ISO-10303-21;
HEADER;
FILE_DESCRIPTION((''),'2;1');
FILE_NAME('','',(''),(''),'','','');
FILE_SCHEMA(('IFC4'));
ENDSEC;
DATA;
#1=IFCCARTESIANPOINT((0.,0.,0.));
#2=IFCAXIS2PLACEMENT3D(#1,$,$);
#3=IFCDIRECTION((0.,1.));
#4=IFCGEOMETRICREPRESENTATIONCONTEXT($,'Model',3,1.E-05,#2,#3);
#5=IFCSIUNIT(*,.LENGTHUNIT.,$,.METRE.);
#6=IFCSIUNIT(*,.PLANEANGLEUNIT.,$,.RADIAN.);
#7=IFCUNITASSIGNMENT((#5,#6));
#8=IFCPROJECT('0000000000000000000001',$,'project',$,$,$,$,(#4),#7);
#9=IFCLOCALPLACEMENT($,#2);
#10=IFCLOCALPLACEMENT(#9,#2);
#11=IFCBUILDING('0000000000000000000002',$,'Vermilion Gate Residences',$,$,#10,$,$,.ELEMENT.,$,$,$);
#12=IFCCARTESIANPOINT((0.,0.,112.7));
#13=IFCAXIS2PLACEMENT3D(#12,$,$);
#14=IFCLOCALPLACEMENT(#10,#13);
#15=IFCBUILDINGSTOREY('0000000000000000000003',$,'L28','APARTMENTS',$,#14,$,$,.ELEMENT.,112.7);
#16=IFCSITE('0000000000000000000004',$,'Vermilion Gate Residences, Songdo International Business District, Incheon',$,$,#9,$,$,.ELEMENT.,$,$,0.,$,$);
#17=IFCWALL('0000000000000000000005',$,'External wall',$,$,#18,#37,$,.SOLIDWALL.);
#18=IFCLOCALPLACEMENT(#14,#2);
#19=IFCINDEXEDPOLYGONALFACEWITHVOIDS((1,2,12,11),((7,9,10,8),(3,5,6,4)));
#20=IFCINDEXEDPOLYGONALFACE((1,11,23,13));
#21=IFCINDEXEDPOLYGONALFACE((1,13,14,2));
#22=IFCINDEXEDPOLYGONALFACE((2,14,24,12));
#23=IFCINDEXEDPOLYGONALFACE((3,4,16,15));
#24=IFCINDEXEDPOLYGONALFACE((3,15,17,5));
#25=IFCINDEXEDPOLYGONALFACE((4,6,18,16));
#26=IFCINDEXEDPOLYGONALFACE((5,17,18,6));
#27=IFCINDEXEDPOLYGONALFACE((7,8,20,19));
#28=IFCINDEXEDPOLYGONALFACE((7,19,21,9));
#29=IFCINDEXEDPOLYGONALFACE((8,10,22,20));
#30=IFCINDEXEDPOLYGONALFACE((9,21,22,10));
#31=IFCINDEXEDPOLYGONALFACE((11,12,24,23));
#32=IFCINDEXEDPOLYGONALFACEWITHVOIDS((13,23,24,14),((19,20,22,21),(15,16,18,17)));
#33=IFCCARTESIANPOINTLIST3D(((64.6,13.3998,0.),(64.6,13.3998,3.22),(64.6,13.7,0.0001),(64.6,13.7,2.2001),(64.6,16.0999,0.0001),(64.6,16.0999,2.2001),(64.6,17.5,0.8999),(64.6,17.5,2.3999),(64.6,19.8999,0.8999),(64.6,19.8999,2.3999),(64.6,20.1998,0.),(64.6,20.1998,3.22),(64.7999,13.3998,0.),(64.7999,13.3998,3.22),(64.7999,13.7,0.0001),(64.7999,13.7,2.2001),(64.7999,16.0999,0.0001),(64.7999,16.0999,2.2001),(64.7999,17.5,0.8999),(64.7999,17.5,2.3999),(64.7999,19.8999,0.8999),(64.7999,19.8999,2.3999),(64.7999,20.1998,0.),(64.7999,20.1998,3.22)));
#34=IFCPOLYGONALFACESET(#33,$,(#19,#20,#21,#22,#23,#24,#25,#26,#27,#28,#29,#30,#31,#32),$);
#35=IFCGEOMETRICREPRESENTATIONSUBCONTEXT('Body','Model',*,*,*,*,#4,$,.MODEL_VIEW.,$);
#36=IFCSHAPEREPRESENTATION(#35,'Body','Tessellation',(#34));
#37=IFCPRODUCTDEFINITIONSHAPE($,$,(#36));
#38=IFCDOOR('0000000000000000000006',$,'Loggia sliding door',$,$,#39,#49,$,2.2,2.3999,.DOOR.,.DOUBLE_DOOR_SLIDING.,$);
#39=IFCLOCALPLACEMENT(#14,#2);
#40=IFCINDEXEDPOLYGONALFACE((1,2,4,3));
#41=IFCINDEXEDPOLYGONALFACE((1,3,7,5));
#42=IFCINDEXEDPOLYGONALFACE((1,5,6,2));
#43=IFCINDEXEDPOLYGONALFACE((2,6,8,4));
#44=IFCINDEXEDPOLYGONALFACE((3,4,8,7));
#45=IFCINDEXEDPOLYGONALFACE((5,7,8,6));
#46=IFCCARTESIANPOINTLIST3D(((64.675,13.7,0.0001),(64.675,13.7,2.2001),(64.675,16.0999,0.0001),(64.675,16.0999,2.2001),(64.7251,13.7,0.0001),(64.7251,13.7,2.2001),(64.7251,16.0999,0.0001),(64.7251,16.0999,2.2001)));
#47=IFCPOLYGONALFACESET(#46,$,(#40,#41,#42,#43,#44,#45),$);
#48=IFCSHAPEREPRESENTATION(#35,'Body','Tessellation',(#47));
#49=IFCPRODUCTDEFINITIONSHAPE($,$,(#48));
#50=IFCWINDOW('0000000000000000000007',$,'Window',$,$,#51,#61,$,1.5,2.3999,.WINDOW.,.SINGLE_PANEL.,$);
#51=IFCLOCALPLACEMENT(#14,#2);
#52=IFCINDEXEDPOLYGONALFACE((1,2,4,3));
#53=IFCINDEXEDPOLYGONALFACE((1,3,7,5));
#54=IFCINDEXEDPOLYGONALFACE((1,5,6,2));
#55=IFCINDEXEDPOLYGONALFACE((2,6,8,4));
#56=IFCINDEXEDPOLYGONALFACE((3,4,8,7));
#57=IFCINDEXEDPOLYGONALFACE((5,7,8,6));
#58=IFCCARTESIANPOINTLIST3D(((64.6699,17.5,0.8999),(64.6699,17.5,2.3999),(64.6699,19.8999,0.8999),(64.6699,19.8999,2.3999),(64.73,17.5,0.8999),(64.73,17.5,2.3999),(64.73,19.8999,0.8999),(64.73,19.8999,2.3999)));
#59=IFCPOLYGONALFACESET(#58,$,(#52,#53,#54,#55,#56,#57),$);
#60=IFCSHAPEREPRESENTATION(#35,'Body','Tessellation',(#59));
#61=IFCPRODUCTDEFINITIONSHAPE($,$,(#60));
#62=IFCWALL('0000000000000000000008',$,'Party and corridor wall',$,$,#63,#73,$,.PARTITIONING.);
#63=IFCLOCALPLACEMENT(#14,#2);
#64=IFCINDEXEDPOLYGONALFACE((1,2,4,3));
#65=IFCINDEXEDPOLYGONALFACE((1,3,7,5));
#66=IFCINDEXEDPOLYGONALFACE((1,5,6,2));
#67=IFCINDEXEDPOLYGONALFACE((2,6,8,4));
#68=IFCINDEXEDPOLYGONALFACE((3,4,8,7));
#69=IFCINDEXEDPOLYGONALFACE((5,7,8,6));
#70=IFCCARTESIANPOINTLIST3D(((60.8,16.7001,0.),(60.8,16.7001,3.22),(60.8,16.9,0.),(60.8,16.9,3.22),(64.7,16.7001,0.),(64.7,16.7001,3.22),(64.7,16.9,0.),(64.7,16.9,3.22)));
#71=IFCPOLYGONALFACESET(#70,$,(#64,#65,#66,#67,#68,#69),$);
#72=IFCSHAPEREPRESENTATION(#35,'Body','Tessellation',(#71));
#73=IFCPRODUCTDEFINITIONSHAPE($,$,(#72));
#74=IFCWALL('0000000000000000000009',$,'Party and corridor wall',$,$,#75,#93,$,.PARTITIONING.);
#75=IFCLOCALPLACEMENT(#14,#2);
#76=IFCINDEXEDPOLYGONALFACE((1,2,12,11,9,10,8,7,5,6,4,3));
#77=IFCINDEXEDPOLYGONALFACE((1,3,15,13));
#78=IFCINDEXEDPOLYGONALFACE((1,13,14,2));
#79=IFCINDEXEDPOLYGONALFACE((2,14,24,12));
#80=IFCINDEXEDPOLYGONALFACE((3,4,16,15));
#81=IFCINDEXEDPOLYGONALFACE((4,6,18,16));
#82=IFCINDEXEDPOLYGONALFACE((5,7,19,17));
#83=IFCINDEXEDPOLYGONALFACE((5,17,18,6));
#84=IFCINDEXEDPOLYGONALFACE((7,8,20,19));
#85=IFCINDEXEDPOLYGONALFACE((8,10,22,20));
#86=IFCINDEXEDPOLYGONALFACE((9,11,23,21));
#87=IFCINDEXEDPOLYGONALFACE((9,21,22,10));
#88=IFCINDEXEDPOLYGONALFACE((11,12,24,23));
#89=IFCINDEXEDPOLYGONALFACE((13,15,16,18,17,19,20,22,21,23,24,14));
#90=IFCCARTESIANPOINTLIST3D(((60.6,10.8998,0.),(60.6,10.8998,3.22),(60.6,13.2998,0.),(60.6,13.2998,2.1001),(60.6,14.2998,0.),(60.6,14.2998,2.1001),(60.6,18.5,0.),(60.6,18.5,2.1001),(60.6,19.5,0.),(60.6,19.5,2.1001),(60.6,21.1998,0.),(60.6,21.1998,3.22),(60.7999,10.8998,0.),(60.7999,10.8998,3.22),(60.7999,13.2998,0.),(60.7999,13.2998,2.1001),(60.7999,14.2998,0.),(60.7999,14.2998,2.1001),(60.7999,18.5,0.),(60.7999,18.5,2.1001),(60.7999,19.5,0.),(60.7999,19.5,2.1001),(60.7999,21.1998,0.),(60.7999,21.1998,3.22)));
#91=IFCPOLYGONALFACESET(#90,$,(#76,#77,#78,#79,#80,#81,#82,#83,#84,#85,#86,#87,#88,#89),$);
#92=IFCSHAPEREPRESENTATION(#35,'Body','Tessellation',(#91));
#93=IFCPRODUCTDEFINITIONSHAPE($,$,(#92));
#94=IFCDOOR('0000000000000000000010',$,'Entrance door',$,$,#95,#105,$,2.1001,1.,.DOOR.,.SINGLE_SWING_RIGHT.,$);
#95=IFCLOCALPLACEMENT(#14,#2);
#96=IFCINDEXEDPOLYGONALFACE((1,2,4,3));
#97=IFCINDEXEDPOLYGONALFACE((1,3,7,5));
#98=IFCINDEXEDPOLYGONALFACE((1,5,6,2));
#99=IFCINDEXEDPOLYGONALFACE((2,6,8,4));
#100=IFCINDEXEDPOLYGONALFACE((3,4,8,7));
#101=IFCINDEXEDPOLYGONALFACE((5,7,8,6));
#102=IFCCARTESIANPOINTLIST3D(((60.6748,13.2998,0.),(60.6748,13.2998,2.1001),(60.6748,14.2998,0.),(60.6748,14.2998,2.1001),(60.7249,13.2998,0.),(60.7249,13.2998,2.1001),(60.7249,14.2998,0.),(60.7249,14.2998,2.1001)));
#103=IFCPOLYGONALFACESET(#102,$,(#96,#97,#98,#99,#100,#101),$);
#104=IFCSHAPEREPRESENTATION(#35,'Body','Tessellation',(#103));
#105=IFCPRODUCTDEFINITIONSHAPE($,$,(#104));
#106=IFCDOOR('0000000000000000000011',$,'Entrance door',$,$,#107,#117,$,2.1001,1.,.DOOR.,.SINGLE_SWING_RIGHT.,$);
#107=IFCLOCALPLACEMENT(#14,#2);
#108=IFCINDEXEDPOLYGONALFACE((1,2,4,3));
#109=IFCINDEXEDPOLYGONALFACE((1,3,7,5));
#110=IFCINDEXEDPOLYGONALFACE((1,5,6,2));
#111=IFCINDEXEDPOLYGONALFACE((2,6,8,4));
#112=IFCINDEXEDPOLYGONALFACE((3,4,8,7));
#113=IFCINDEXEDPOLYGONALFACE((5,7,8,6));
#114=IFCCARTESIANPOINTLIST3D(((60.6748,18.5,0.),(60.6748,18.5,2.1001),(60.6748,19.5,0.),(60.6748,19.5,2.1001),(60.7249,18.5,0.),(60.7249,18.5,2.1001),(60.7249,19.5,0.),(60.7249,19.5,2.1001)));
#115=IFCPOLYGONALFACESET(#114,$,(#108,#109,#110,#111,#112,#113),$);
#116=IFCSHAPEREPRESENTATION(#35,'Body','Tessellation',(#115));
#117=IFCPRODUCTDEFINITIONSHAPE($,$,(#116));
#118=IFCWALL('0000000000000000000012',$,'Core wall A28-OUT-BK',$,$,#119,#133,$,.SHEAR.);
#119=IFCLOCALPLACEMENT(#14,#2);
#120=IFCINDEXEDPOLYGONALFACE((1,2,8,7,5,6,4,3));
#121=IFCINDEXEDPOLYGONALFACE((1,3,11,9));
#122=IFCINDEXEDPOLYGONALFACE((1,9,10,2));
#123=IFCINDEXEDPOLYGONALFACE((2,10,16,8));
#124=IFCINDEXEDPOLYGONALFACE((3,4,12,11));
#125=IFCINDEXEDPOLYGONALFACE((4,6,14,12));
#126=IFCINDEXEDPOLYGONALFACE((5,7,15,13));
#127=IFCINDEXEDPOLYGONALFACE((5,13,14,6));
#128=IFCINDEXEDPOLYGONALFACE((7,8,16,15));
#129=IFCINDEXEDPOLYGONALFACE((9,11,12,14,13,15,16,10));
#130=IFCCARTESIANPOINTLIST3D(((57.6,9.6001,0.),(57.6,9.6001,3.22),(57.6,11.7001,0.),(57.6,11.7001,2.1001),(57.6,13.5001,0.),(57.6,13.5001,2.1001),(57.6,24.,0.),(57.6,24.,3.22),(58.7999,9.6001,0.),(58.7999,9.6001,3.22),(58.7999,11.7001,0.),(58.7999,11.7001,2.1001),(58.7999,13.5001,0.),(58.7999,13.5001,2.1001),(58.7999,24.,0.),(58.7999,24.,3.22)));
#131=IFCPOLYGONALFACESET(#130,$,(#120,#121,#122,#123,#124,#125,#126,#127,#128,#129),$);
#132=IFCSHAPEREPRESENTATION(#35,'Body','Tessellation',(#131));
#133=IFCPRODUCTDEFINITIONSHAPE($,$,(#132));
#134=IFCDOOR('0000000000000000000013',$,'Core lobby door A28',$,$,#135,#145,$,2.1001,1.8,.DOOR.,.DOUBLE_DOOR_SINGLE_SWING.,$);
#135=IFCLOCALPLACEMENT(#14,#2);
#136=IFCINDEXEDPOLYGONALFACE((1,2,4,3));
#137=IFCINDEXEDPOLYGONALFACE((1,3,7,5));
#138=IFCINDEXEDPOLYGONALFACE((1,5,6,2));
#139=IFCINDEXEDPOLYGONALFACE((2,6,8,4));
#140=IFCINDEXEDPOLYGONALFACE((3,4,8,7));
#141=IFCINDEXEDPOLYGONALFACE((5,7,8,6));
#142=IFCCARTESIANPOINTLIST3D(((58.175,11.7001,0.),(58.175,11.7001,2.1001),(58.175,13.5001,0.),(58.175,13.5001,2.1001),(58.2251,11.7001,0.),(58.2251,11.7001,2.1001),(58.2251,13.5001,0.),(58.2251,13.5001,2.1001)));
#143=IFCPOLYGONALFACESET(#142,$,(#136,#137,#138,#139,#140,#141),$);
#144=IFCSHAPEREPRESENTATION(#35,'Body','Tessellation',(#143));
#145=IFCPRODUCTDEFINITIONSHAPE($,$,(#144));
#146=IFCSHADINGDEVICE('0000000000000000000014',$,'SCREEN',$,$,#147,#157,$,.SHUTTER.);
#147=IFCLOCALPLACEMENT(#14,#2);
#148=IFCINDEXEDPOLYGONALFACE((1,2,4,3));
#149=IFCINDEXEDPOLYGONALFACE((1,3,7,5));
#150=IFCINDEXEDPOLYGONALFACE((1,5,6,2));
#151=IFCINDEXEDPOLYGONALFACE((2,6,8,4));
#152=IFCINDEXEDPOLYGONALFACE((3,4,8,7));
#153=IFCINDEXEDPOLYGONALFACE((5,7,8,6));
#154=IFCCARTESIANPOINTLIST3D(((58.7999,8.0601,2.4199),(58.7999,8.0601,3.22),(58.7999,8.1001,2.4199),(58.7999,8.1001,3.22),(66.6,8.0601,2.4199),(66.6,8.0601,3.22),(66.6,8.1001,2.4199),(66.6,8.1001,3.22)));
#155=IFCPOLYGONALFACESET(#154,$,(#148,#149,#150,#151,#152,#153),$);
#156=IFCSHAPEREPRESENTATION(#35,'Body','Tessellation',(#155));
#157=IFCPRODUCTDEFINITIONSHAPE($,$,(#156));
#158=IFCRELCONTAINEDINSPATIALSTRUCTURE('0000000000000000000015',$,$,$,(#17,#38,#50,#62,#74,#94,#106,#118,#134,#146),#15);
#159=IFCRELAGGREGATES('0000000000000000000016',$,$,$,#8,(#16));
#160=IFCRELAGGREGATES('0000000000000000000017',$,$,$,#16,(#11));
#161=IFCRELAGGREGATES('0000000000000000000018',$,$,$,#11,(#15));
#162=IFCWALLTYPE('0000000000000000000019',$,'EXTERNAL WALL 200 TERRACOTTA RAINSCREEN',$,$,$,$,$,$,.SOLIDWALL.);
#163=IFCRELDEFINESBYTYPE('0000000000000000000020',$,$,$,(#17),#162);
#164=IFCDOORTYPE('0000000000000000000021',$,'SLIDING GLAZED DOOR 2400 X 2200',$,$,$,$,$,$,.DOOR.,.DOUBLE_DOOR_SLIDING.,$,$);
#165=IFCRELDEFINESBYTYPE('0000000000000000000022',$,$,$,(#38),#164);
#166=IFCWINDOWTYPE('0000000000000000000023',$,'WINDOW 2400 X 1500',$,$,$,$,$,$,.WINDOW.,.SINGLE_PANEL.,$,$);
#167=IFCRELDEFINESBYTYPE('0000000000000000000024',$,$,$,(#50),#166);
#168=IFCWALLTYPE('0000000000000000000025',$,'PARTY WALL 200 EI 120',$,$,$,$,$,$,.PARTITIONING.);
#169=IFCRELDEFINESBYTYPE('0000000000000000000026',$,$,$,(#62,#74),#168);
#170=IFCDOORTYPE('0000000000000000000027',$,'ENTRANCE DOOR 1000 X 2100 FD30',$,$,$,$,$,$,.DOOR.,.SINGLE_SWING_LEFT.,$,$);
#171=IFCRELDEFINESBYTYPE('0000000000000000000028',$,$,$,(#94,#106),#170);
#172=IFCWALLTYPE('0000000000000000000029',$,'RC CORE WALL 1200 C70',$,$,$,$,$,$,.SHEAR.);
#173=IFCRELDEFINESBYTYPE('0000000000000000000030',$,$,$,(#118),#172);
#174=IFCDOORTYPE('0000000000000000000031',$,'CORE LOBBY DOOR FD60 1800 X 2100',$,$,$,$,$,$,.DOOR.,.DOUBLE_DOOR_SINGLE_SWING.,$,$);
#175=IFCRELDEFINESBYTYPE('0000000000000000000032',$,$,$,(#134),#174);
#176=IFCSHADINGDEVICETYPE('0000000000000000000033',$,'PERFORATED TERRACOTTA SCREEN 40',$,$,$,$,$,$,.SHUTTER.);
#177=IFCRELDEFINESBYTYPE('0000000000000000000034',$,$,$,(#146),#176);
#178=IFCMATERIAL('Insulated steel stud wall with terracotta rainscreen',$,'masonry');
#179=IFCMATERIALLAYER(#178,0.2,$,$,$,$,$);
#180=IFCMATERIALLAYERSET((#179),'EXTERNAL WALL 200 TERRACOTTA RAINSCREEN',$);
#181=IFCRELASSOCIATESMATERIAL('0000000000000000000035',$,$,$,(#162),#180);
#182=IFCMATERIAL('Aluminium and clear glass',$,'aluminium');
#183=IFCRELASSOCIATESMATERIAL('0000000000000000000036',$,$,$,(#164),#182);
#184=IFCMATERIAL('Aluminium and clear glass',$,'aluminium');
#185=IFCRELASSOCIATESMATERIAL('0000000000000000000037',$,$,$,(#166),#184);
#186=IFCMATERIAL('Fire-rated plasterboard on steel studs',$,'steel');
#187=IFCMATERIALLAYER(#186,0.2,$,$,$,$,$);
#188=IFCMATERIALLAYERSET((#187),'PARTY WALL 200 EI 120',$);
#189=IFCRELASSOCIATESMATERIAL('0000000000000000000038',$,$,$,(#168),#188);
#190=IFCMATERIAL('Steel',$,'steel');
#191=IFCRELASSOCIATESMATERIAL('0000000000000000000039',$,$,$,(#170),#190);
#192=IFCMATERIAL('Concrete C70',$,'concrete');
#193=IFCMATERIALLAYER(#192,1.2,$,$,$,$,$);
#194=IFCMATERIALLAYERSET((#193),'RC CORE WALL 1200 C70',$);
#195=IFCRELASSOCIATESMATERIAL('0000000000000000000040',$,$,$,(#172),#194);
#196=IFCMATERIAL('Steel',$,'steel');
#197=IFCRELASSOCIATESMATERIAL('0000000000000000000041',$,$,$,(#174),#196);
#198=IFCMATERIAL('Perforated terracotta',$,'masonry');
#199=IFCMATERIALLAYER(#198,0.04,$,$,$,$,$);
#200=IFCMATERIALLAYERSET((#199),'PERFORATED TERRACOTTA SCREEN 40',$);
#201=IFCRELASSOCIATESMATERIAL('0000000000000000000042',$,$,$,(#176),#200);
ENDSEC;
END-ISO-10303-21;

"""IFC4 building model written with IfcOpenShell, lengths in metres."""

from ifc_helpers import new_model, si_unit, direction, frame, frame_2d, origin, origin_2d, place, context, subcontext, project, spatial, rectangle, extrude, material, layer, layer_set, type_object, element, fill, save


model = new_model("IFC4")

# Units and contexts
model_context = context("Model", 3, precision=1e-05, world=origin(), true_north=direction((0.0, 1.0)))
body_context = subcontext(model_context, "Body", "Model", "MODEL_VIEW")
ifc_project = project(units=[si_unit("LENGTHUNIT", "METRE"), si_unit("PLANEANGLEUNIT", "RADIAN")], contexts=[model_context])

# Site, building, storey
site_placement = place(None, origin())
site = spatial("IfcSite", under=ifc_project, at=site_placement, Name="Vermilion Gate Residences, Songdo International Business District, Incheon", CompositionType="ELEMENT", RefElevation=0.0)
building_placement = place(site_placement, origin())
building = spatial("IfcBuilding", under=site, at=building_placement, Name="Vermilion Gate Residences", CompositionType="ELEMENT")
storey_placement = place(building_placement, frame((0.0, 0.0, 112.7)))
storey = spatial("IfcBuildingStorey", under=building, at=storey_placement, Name="L28", Description="APARTMENTS", CompositionType="ELEMENT", Elevation=112.7)

# Shared definitions
ifc_material_1 = material(Name="Insulated steel stud wall with terracotta rainscreen", Category="masonry")
ifc_layer_1 = layer(ifc_material_1, 0.2)
ifc_layer_set_1 = layer_set([ifc_layer_1], Name="EXTERNAL WALL 200 TERRACOTTA RAINSCREEN")
wall_type_1 = type_object("IfcWallType", Name="EXTERNAL WALL 200 TERRACOTTA RAINSCREEN", PredefinedType="SOLIDWALL", material=ifc_layer_set_1)

# Wall, openings, door, window
wall_1_placement = place(storey_placement, frame((64.7, 13.3999, 0.0), z_axis=(0.0, 0.0, 1.0), x_axis=(0.0, 1.0, 0.0)))
wall_1 = element("IfcWall", 1, at=wall_1_placement, inside=storey, type_object=wall_type_1, Name="External wall", PredefinedType="SOLIDWALL", context=body_context, shape_type="SweptSolid", body=[
    extrude(rectangle(XDim=6.8, YDim=0.2, at=frame_2d((3.3999, 0.0))), origin(), (0.0, 0.0, 1.0), 3.22),
])
opening_1_placement = place(wall_1_placement, frame((4.1001, 0.0, 0.8999)))
opening_1 = element("IfcOpeningElement", 2, at=opening_1_placement, cuts=wall_1, PredefinedType="OPENING", context=body_context, shape_type="SweptSolid", body=[
    extrude(rectangle(XDim=2.3999, YDim=1.5, at=frame_2d((1.2, 0.75))), frame((0.0, 0.1099, 0.0), z_axis=(0.0, -1.0, 0.0), x_axis=(1.0, 0.0, 0.0)), (0.0, 0.0, 1.0), 0.22),
])
opening_2_placement = place(wall_1_placement, frame((0.3, 0.0, 0.0)))
opening_2 = element("IfcOpeningElement", 3, at=opening_2_placement, cuts=wall_1, PredefinedType="OPENING", context=body_context, shape_type="SweptSolid", body=[
    extrude(rectangle(XDim=2.3999, YDim=2.2, at=frame_2d((1.2, 1.1001))), frame((0.0, 0.1099, 0.0), z_axis=(0.0, -1.0, 0.0), x_axis=(1.0, 0.0, 0.0)), (0.0, 0.0, 1.0), 0.22),
])
ifc_material_2 = material(Name="Aluminium and clear glass", Category="aluminium")
door_type_1 = type_object("IfcDoorType", Name="SLIDING GLAZED DOOR 2400 X 2200", OperationType="DOUBLE_DOOR_SLIDING", PredefinedType="DOOR", material=ifc_material_2)
door_1_placement = place(opening_2_placement, origin())
door_1 = element("IfcDoor", 4, at=door_1_placement, inside=storey, type_object=door_type_1, Name="Loggia sliding door", OperationType="DOUBLE_DOOR_SLIDING", OverallHeight=2.2, OverallWidth=2.3999, PredefinedType="DOOR", context=body_context, shape_type="SweptSolid", body=[
    extrude(rectangle(XDim=2.3999, YDim=2.2, at=frame_2d((1.2, 1.1001))), frame((0.0, 0.0249, 0.0), z_axis=(0.0, -1.0, 0.0), x_axis=(1.0, 0.0, 0.0)), (0.0, 0.0, 1.0), 0.05),
])
fill(opening_2, door_1)
ifc_material_3 = material(Name="Aluminium and clear glass", Category="aluminium")
window_type_1 = type_object("IfcWindowType", Name="WINDOW 2400 X 1500", PartitioningType="SINGLE_PANEL", PredefinedType="WINDOW", material=ifc_material_3)
window_1_placement = place(opening_1_placement, origin())
window_1 = element("IfcWindow", 5, at=window_1_placement, inside=storey, type_object=window_type_1, Name="Window", OverallHeight=1.5, OverallWidth=2.3999, PartitioningType="SINGLE_PANEL", PredefinedType="WINDOW", context=body_context, shape_type="SweptSolid", body=[
    extrude(rectangle(XDim=2.3999, YDim=1.5, at=frame_2d((1.2, 0.75))), frame((0.0, 0.03, 0.0), z_axis=(0.0, -1.0, 0.0), x_axis=(1.0, 0.0, 0.0)), (0.0, 0.0, 1.0), 0.0601),
])
fill(opening_1, window_1)

# Wall
ifc_material_4 = material(Name="Fire-rated plasterboard on steel studs", Category="steel")
ifc_layer_2 = layer(ifc_material_4, 0.2)
ifc_layer_set_2 = layer_set([ifc_layer_2], Name="PARTY WALL 200 EI 120")
wall_type_2 = type_object("IfcWallType", Name="PARTY WALL 200 EI 120", PredefinedType="PARTITIONING", material=ifc_layer_set_2)
wall_2_placement = place(storey_placement, frame((60.8, 16.8, 0.0), z_axis=(0.0, 0.0, 1.0), x_axis=(1.0, 0.0, 0.0)))
element("IfcWall", 6, at=wall_2_placement, inside=storey, type_object=wall_type_2, Name="Party and corridor wall", PredefinedType="PARTITIONING", context=body_context, shape_type="SweptSolid", body=[
    extrude(rectangle(XDim=3.8999, YDim=0.2, at=frame_2d((1.95, 0.0))), origin(), (0.0, 0.0, 1.0), 3.22),
])

# Wall, openings, doors
wall_3_placement = place(storey_placement, frame((60.7, 10.8999, 0.0), z_axis=(0.0, 0.0, 1.0), x_axis=(0.0, 1.0, 0.0)))
wall_3 = element("IfcWall", 7, at=wall_3_placement, inside=storey, type_object=wall_type_2, Name="Party and corridor wall", PredefinedType="PARTITIONING", context=body_context, shape_type="SweptSolid", body=[
    extrude(rectangle(XDim=10.3, YDim=0.2, at=frame_2d((5.1499, 0.0))), origin(), (0.0, 0.0, 1.0), 3.22),
])
opening_3_placement = place(wall_3_placement, frame((2.3999, 0.0, 0.0)))
opening_3 = element("IfcOpeningElement", 8, at=opening_3_placement, cuts=wall_3, PredefinedType="OPENING", context=body_context, shape_type="SweptSolid", body=[
    extrude(rectangle(XDim=1.0, YDim=2.1001, at=frame_2d((0.5, 1.05))), frame((0.0, 0.1099, 0.0), z_axis=(0.0, -1.0, 0.0), x_axis=(1.0, 0.0, 0.0)), (0.0, 0.0, 1.0), 0.22),
])
opening_4_placement = place(wall_3_placement, frame((7.6001, 0.0, 0.0)))
opening_4 = element("IfcOpeningElement", 9, at=opening_4_placement, cuts=wall_3, PredefinedType="OPENING", context=body_context, shape_type="SweptSolid", body=[
    extrude(rectangle(XDim=1.0, YDim=2.1001, at=frame_2d((0.5, 1.05))), frame((0.0, 0.1099, 0.0), z_axis=(0.0, -1.0, 0.0), x_axis=(1.0, 0.0, 0.0)), (0.0, 0.0, 1.0), 0.22),
])
ifc_material_5 = material(Name="Steel", Category="steel")
door_type_2 = type_object("IfcDoorType", Name="ENTRANCE DOOR 1000 X 2100 FD30", OperationType="SINGLE_SWING_LEFT", PredefinedType="DOOR", material=ifc_material_5)
door_2_placement = place(opening_3_placement, frame((1.0, 0.0, 0.0), z_axis=(0.0, 0.0, 1.0), x_axis=(-1.0, 0.0, 0.0)))
door_2 = element("IfcDoor", 10, at=door_2_placement, inside=storey, type_object=door_type_2, Name="Entrance door", OperationType="SINGLE_SWING_RIGHT", OverallHeight=2.1001, OverallWidth=1.0, PredefinedType="DOOR", context=body_context, shape_type="SweptSolid", body=[
    extrude(rectangle(XDim=1.0, YDim=2.1001, at=frame_2d((0.5, 1.05))), frame((0.0, 0.0249, 0.0), z_axis=(0.0, -1.0, 0.0), x_axis=(1.0, 0.0, 0.0)), (0.0, 0.0, 1.0), 0.05),
])
fill(opening_3, door_2)
door_3_placement = place(opening_4_placement, frame((1.0, 0.0, 0.0), z_axis=(0.0, 0.0, 1.0), x_axis=(-1.0, 0.0, 0.0)))
door_3 = element("IfcDoor", 11, at=door_3_placement, inside=storey, type_object=door_type_2, Name="Entrance door", OperationType="SINGLE_SWING_RIGHT", OverallHeight=2.1001, OverallWidth=1.0, PredefinedType="DOOR", context=body_context, shape_type="SweptSolid", body=[
    extrude(rectangle(XDim=1.0, YDim=2.1001, at=frame_2d((0.5, 1.05))), frame((0.0, 0.0249, 0.0), z_axis=(0.0, -1.0, 0.0), x_axis=(1.0, 0.0, 0.0)), (0.0, 0.0, 1.0), 0.05),
])
fill(opening_4, door_3)

# Wall, opening, door
ifc_material_6 = material(Name="Concrete C70", Category="concrete")
ifc_layer_3 = layer(ifc_material_6, 1.2)
ifc_layer_set_3 = layer_set([ifc_layer_3], Name="RC CORE WALL 1200 C70")
wall_type_3 = type_object("IfcWallType", Name="RC CORE WALL 1200 C70", PredefinedType="SHEAR", material=ifc_layer_set_3)
wall_4_placement = place(storey_placement, frame((58.2, 9.6001, 0.0), z_axis=(0.0, 0.0, 1.0), x_axis=(0.0, 1.0, 0.0)))
wall_4 = element("IfcWall", 12, at=wall_4_placement, inside=storey, type_object=wall_type_3, Name="Core wall A28-OUT-BK", PredefinedType="SHEAR", context=body_context, shape_type="SweptSolid", body=[
    extrude(rectangle(XDim=14.3999, YDim=1.2, at=frame_2d((7.2, 0.0))), origin(), (0.0, 0.0, 1.0), 3.22),
])
opening_5_placement = place(wall_4_placement, frame((2.1001, 0.0, 0.0)))
opening_5 = element("IfcOpeningElement", 13, at=opening_5_placement, cuts=wall_4, PredefinedType="OPENING", context=body_context, shape_type="SweptSolid", body=[
    extrude(rectangle(XDim=1.8, YDim=2.1001, at=frame_2d((0.8999, 1.05))), frame((0.0, 0.6099, 0.0), z_axis=(0.0, -1.0, 0.0), x_axis=(1.0, 0.0, 0.0)), (0.0, 0.0, 1.0), 1.22),
])
ifc_material_7 = material(Name="Steel", Category="steel")
door_type_3 = type_object("IfcDoorType", Name="CORE LOBBY DOOR FD60 1800 X 2100", OperationType="DOUBLE_DOOR_SINGLE_SWING", PredefinedType="DOOR", material=ifc_material_7)
door_4_placement = place(opening_5_placement, origin())
door_4 = element("IfcDoor", 14, at=door_4_placement, inside=storey, type_object=door_type_3, Name="Core lobby door A28", OperationType="DOUBLE_DOOR_SINGLE_SWING", OverallHeight=2.1001, OverallWidth=1.8, PredefinedType="DOOR", context=body_context, shape_type="SweptSolid", body=[
    extrude(rectangle(XDim=1.8, YDim=2.1001, at=frame_2d((0.8999, 1.05))), frame((0.0, 0.0249, 0.0), z_axis=(0.0, -1.0, 0.0), x_axis=(1.0, 0.0, 0.0)), (0.0, 0.0, 1.0), 0.05),
])
fill(opening_5, door_4)

# Shading device
ifc_material_8 = material(Name="Perforated terracotta", Category="masonry")
ifc_layer_4 = layer(ifc_material_8, 0.04)
ifc_layer_set_4 = layer_set([ifc_layer_4], Name="PERFORATED TERRACOTTA SCREEN 40")
shading_device_type_1 = type_object("IfcShadingDeviceType", Name="PERFORATED TERRACOTTA SCREEN 40", PredefinedType="SHUTTER", material=ifc_layer_set_4)
shading_device_1_placement = place(storey_placement, frame((62.7, 8.0801, 2.4199), z_axis=(0.0, 0.0, 1.0), x_axis=(1.0, 0.0, 0.0)))
element("IfcShadingDevice", 15, at=shading_device_1_placement, inside=storey, type_object=shading_device_type_1, Name="SCREEN", PredefinedType="SHUTTER", context=body_context, shape_type="SweptSolid", body=[
    extrude(rectangle(XDim=7.8, YDim=0.04, at=origin_2d()), origin(), (0.0, 0.0, 1.0), 0.8),
])

save(model, "model.ifc")
